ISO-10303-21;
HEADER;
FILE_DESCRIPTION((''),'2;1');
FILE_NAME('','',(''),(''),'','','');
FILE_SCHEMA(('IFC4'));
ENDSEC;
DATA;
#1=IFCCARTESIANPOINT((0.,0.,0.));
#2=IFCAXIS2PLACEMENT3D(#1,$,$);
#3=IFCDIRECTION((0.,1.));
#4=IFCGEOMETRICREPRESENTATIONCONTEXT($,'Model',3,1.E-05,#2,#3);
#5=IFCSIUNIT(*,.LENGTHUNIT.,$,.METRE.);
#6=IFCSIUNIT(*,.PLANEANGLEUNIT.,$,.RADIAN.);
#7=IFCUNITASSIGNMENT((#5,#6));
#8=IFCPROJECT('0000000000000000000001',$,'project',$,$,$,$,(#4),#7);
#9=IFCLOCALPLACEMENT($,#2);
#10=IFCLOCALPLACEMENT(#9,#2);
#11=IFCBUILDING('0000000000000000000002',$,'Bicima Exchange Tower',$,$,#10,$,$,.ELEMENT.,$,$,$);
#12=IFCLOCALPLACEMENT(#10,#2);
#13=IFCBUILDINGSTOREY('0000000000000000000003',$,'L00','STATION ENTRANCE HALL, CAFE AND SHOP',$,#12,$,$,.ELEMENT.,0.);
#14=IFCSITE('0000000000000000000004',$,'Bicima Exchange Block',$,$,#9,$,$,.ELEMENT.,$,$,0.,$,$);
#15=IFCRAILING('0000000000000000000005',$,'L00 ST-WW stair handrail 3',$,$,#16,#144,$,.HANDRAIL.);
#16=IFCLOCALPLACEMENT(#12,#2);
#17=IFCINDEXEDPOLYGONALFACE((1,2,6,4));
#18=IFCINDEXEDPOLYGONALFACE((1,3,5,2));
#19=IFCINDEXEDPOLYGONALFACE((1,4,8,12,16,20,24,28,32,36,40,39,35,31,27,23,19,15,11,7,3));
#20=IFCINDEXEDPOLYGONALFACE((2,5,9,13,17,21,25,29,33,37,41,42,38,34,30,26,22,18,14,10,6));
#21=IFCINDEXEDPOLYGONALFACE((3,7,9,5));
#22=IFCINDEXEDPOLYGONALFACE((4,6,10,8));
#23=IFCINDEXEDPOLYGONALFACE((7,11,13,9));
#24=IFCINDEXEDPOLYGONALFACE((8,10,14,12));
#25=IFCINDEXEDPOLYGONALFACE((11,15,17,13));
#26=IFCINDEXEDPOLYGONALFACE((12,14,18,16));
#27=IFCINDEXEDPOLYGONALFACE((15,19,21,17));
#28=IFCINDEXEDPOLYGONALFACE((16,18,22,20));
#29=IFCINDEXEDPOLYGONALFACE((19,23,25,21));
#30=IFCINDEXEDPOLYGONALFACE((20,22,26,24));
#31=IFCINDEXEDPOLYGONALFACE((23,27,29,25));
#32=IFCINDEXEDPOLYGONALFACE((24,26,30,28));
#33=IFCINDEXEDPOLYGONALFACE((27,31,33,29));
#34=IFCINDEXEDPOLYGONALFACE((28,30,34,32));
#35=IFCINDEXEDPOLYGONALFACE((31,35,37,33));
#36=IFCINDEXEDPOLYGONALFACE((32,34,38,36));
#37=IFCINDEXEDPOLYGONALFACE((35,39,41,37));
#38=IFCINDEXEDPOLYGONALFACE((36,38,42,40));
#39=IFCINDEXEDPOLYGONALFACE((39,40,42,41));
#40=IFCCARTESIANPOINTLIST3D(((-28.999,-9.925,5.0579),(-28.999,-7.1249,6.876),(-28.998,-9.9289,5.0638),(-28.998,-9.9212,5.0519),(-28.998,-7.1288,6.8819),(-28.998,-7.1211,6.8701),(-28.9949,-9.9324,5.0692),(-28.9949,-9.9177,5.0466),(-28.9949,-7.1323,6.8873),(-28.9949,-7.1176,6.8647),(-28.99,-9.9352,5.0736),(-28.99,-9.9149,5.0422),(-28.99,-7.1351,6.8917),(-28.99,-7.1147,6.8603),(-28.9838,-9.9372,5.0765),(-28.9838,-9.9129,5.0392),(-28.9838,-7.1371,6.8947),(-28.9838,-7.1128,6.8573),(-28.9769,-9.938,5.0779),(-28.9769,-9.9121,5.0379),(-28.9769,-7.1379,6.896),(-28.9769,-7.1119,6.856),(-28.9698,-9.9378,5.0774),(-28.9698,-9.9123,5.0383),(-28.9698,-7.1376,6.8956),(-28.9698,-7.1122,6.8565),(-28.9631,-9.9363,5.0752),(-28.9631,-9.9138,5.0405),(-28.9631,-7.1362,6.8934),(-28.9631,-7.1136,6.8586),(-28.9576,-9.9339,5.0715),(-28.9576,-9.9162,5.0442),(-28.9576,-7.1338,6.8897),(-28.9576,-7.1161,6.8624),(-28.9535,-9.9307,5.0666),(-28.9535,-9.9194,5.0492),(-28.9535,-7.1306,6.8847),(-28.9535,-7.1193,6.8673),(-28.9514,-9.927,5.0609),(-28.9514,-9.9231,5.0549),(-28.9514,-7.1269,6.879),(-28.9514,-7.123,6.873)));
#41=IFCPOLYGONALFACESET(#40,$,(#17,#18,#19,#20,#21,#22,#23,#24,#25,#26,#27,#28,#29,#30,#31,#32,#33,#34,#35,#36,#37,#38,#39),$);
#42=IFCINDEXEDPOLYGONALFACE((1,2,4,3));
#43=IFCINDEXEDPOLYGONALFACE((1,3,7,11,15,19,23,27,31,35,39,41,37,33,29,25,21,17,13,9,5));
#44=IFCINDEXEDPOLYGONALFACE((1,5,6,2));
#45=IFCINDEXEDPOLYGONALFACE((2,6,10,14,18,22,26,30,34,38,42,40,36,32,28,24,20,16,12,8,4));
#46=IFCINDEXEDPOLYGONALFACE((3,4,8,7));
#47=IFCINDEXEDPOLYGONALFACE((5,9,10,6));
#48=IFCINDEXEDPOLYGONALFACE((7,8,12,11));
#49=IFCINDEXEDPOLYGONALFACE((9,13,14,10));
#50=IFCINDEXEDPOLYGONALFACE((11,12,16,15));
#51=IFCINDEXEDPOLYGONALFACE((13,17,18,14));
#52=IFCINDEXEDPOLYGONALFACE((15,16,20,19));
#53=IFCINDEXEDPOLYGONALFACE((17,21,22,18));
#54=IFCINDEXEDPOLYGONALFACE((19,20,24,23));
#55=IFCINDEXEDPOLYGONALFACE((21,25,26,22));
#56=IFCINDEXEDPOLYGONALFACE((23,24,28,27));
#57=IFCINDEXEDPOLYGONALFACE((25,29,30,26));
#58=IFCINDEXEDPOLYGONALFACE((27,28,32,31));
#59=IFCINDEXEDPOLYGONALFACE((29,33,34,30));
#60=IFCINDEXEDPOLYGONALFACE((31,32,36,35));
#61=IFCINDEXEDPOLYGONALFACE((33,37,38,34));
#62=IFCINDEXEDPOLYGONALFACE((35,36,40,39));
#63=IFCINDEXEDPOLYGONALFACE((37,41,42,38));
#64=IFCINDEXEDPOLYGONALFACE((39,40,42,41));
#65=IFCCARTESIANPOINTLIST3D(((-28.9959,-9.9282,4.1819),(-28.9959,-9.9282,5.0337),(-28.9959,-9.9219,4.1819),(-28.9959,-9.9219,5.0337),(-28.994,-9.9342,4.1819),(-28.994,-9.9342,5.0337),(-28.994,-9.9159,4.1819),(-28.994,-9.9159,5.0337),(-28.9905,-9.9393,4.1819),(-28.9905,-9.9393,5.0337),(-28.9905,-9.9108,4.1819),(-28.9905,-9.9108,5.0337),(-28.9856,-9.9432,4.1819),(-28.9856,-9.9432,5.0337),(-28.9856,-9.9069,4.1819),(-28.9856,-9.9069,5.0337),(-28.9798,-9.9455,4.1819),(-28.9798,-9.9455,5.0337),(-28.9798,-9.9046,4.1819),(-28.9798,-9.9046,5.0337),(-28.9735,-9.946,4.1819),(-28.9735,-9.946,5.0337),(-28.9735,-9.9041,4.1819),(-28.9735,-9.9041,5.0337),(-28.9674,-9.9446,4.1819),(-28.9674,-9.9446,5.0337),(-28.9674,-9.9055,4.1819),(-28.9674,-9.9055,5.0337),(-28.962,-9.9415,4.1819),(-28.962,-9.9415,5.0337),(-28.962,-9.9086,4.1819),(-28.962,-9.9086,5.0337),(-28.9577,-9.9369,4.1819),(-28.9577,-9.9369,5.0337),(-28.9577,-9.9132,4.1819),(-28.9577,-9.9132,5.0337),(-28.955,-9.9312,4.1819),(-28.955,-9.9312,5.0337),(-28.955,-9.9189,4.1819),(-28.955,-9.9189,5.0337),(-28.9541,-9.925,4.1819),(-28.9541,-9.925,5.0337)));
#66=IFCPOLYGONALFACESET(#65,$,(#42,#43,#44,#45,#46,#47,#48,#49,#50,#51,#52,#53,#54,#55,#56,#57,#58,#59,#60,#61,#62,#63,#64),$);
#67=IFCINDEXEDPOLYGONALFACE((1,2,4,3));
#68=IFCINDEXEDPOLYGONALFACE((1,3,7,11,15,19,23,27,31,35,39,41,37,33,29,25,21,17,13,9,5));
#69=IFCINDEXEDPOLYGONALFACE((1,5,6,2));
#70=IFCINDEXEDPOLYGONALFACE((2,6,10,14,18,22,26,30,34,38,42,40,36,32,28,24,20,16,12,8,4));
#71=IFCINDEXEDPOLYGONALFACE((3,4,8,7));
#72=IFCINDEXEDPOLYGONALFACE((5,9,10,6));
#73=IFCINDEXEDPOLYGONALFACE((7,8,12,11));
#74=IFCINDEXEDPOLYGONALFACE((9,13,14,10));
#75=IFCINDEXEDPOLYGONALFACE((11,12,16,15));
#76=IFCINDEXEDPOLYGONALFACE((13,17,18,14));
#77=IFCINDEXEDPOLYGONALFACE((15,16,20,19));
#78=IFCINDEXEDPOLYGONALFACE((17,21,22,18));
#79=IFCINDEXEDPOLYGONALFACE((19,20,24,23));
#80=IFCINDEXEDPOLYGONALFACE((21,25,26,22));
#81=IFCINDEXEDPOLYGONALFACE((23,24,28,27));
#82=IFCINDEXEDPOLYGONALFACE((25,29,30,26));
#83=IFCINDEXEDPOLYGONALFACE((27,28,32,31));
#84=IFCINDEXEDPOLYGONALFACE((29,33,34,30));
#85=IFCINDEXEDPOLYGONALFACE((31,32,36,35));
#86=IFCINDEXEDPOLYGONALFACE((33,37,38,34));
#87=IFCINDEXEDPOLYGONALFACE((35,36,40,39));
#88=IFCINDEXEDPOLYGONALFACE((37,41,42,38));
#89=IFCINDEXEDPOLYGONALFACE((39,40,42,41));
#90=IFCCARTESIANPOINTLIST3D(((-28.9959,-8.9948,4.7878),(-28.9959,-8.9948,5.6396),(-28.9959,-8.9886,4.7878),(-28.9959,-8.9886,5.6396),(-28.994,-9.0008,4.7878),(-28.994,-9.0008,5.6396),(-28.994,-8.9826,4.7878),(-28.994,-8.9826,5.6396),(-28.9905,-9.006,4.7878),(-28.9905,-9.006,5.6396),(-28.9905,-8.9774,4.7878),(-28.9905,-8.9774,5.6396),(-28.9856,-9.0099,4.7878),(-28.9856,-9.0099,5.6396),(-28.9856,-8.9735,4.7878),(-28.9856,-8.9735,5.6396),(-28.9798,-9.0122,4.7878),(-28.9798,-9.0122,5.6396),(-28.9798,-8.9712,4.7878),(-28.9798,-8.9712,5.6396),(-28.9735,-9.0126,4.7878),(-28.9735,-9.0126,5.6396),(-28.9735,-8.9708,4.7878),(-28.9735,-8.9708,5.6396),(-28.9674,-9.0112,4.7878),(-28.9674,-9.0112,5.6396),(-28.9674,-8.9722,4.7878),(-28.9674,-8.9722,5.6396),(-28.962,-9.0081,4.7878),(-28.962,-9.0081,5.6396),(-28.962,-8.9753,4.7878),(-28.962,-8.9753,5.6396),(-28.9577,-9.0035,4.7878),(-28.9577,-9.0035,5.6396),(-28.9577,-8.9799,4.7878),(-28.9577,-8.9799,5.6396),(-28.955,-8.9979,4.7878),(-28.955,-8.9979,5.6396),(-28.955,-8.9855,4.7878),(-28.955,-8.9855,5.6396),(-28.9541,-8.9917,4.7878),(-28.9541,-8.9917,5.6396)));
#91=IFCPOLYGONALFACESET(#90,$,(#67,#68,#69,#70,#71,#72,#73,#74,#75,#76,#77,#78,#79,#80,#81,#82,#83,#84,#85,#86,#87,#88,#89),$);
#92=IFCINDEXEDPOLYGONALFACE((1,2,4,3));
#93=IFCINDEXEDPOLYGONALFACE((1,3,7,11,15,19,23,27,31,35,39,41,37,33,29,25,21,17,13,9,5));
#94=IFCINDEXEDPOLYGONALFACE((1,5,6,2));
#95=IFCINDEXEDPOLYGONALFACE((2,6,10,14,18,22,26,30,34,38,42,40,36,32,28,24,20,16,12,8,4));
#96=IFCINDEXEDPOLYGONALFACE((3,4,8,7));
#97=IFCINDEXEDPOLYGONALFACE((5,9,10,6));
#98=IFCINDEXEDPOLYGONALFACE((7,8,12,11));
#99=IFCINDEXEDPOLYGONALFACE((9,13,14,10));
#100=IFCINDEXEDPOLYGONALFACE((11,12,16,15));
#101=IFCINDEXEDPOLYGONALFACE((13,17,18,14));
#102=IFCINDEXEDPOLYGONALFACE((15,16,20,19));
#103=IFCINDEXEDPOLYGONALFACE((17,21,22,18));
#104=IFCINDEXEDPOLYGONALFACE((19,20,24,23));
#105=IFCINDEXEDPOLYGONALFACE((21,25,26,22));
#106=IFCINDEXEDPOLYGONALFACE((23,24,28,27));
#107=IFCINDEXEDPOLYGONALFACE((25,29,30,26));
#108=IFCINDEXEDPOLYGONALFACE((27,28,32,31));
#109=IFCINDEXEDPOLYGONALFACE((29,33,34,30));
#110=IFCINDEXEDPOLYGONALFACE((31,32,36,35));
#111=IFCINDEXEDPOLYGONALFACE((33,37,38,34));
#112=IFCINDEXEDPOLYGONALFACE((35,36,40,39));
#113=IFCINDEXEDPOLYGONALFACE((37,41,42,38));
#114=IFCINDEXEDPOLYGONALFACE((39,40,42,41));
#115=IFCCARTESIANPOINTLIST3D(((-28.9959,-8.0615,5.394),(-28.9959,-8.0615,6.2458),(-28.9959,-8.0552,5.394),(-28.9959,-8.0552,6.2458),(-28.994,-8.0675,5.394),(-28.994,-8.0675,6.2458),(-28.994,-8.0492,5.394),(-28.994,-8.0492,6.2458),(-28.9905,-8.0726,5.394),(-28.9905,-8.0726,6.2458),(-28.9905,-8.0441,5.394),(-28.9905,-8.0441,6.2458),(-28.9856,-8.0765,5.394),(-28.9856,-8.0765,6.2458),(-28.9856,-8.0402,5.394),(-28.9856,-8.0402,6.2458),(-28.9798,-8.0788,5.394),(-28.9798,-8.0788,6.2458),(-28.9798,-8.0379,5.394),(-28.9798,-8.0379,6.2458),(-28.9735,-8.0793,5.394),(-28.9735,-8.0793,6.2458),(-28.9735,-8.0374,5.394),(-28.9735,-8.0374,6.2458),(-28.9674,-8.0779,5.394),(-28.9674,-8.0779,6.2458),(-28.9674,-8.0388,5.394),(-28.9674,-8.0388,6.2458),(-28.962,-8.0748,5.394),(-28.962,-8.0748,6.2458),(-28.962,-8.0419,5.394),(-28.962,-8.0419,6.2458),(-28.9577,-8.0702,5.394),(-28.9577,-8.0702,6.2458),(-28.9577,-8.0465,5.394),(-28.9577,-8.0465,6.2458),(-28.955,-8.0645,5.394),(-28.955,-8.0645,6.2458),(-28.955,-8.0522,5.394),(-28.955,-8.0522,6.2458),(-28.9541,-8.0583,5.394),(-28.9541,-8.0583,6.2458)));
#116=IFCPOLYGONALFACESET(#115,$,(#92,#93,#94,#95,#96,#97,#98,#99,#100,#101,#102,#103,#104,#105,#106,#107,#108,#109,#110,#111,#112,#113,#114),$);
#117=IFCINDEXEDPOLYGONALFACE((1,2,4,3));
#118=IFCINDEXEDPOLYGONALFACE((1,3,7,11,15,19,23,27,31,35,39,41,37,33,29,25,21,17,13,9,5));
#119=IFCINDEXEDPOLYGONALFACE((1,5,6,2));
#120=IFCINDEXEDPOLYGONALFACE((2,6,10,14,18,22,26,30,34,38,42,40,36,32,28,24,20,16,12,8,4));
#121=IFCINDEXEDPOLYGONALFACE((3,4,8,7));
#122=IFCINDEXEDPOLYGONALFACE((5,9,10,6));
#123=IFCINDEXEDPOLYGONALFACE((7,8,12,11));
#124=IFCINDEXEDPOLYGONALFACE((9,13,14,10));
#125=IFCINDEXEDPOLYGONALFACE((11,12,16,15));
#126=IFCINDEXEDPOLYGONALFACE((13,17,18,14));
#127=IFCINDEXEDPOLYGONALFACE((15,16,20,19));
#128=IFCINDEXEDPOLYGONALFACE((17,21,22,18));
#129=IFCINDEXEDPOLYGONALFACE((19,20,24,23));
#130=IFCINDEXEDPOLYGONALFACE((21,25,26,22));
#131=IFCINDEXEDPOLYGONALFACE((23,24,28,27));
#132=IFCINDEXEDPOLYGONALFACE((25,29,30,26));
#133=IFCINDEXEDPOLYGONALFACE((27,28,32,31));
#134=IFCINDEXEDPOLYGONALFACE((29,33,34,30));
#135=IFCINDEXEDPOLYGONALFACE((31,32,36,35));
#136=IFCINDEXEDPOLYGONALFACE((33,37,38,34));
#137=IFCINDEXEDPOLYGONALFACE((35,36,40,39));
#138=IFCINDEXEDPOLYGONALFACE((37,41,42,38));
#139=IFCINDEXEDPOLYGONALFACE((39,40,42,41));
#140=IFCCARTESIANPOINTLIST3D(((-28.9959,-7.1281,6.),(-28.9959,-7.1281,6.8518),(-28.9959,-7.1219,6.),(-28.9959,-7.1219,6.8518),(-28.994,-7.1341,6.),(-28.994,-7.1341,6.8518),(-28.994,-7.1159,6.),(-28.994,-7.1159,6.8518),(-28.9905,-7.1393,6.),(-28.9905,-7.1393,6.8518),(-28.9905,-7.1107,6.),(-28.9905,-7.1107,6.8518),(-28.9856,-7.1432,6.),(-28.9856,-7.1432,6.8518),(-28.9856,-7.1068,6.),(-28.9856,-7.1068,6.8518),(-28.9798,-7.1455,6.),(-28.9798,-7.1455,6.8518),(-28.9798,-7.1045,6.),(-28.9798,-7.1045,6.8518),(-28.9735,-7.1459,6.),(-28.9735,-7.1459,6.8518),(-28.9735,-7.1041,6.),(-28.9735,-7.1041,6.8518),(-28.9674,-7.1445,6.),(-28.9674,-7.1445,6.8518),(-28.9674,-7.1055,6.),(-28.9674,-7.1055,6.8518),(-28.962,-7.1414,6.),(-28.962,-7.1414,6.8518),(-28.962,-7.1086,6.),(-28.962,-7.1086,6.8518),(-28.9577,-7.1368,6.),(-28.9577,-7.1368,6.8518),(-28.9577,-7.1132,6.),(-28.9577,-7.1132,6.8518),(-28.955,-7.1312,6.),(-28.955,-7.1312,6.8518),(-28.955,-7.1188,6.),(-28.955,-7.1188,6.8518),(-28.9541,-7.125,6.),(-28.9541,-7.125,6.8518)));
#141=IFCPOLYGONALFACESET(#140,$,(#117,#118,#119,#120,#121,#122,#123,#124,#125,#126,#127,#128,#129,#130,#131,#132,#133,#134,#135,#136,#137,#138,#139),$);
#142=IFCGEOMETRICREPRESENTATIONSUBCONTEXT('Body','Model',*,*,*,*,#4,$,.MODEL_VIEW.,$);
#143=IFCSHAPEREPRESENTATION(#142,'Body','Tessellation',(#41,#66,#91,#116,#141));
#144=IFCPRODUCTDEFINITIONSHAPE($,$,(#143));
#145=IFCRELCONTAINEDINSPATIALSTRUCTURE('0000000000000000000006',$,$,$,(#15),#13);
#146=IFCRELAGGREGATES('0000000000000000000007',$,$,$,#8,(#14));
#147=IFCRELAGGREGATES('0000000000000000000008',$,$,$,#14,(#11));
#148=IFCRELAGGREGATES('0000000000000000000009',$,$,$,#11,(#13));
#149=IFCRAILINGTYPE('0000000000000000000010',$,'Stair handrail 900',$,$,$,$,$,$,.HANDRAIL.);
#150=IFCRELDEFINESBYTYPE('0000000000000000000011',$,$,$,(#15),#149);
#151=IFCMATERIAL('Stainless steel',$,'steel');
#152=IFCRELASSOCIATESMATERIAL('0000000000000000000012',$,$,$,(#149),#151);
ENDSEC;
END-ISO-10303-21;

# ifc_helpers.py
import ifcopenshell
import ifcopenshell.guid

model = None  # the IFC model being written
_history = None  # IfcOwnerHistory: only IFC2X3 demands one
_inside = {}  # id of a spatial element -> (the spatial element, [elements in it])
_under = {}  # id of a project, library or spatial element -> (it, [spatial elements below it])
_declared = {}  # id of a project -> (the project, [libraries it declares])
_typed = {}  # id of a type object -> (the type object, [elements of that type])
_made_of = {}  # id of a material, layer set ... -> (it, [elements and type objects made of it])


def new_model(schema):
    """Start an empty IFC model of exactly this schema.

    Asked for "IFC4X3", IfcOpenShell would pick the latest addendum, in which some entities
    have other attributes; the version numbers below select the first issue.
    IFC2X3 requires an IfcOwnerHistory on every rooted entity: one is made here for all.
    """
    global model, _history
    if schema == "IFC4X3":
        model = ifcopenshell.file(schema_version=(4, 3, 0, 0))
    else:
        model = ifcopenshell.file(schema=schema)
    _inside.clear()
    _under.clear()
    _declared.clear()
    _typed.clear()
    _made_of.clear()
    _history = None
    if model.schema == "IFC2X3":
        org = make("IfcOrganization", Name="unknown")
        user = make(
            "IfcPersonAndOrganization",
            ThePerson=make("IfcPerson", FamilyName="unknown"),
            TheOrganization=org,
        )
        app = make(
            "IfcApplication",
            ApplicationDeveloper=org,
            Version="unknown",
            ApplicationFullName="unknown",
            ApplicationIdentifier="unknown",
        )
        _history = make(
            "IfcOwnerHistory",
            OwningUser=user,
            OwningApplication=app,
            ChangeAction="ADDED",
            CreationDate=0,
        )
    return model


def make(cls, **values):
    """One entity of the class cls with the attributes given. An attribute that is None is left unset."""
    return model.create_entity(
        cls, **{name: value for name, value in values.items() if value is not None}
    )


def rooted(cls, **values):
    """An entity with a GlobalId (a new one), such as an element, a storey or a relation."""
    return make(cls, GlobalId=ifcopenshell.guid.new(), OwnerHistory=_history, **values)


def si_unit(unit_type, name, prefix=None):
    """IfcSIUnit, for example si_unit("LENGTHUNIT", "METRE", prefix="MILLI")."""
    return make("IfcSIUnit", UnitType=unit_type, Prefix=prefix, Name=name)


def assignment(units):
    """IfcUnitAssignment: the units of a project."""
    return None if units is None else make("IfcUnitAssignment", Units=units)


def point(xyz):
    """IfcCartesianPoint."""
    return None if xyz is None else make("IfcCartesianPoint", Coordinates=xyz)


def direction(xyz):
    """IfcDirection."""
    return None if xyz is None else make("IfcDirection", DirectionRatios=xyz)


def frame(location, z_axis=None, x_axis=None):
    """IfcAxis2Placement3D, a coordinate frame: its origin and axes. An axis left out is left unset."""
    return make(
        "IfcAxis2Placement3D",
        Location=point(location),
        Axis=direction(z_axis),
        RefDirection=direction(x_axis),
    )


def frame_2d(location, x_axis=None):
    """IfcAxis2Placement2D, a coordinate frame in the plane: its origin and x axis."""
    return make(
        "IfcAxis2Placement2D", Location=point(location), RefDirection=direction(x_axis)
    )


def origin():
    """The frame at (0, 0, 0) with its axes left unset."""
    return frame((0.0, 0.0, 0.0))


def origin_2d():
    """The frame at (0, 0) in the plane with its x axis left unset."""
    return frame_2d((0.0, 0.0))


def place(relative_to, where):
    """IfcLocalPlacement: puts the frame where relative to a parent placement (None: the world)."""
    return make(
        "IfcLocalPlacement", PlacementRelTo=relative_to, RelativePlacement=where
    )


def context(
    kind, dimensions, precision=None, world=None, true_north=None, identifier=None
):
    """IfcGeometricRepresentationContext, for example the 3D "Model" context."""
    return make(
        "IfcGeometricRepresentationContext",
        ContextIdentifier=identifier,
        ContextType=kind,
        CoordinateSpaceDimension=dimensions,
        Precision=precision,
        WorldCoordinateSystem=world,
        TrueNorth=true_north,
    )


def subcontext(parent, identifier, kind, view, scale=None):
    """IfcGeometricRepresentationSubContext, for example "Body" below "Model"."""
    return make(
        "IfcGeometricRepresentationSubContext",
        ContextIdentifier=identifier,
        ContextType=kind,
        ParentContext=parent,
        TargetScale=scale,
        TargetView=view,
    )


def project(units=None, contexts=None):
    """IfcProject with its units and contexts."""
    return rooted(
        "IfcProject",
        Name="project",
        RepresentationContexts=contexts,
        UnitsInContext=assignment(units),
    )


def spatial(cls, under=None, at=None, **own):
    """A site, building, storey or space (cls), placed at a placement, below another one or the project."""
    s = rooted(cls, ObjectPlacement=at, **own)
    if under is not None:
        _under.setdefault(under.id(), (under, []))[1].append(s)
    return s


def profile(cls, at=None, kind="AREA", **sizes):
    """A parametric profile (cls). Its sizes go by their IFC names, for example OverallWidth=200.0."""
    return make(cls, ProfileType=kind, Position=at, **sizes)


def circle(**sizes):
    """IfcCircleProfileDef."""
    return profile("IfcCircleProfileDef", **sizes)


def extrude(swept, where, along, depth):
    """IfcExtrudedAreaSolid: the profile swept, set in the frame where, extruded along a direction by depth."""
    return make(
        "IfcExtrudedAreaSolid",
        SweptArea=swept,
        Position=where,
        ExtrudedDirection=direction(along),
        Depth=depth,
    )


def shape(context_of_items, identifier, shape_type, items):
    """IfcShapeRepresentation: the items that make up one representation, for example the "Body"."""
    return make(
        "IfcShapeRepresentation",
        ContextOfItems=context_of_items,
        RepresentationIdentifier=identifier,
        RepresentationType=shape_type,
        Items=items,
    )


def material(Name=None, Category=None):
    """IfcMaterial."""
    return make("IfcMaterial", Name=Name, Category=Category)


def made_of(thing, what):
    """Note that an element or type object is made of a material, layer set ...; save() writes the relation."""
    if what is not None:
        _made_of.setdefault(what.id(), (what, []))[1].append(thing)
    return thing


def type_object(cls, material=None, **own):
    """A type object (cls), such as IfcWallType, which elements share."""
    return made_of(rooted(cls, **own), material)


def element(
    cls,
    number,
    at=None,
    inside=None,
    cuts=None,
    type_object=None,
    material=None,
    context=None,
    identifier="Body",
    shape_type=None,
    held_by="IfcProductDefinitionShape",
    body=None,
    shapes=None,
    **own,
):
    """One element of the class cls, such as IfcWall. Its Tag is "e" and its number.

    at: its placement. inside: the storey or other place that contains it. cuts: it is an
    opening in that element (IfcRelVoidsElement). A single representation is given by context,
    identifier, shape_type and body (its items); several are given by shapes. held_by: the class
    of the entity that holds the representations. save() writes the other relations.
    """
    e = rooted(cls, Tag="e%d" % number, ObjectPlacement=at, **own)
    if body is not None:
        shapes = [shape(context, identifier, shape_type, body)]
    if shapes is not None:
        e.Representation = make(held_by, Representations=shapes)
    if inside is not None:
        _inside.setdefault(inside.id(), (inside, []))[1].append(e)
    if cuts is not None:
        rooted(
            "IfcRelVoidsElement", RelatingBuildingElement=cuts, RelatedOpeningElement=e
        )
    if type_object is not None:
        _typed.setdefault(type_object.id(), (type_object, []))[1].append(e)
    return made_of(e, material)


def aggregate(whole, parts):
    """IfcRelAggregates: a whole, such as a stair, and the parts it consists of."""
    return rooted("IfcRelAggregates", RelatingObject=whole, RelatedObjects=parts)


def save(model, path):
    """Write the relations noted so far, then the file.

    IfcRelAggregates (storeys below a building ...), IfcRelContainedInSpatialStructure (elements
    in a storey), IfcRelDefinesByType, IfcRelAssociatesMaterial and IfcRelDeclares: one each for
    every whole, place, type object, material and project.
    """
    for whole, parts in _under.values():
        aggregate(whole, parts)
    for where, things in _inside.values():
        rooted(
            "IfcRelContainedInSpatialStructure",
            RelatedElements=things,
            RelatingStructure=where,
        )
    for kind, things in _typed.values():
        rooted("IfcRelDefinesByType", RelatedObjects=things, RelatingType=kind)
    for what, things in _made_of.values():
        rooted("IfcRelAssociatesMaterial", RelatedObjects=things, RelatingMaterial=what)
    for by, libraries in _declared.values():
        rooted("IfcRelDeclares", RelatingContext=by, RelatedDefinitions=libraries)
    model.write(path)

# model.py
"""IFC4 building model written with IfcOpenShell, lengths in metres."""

from ifc_helpers import new_model, si_unit, direction, frame, origin, origin_2d, place, context, subcontext, project, spatial, circle, extrude, material, type_object, element, save


model = new_model("IFC4")

# Units and contexts
model_context = context("Model", 3, precision=1e-05, world=origin(), true_north=direction((0.0, 1.0)))
body_context = subcontext(model_context, "Body", "Model", "MODEL_VIEW")
ifc_project = project(units=[si_unit("LENGTHUNIT", "METRE"), si_unit("PLANEANGLEUNIT", "RADIAN")], contexts=[model_context])

# Site, building, storey
site_placement = place(None, origin())
site = spatial("IfcSite", under=ifc_project, at=site_placement, Name="Bicima Exchange Block", CompositionType="ELEMENT", RefElevation=0.0)
building_placement = place(site_placement, origin())
building = spatial("IfcBuilding", under=site, at=building_placement, Name="Bicima Exchange Tower", CompositionType="ELEMENT")
storey_placement = place(building_placement, origin())
storey = spatial("IfcBuildingStorey", under=building, at=storey_placement, Name="L00", Description="STATION ENTRANCE HALL, CAFE AND SHOP", CompositionType="ELEMENT", Elevation=0.0)

# Railing
ifc_material_1 = material(Name="Stainless steel", Category="steel")
railing_type_1 = type_object("IfcRailingType", Name="Stair handrail 900", PredefinedType="HANDRAIL", material=ifc_material_1)
railing_1_placement = place(storey_placement, frame((-28.9751, -9.925, 4.1819)))
element("IfcRailing", 1, at=railing_1_placement, inside=storey, type_object=railing_type_1, Name="L00 ST-WW stair handrail 3", PredefinedType="HANDRAIL", context=body_context, shape_type="SweptSolid", body=[
    extrude(circle(Radius=0.0239, at=origin_2d()), frame((0.0, 0.0, 0.876), z_axis=(0.0, 0.838706, 0.544585), x_axis=(-1.0, 0.0, 0.0)), (0.0, 0.0, 1.0), 3.3386),
    extrude(circle(Radius=0.021, at=origin_2d()), origin(), (0.0, 0.0, 1.0), 0.8518),
    extrude(circle(Radius=0.021, at=origin_2d()), frame((0.0, 0.9333, 0.606)), (0.0, 0.0, 1.0), 0.8518),
    extrude(circle(Radius=0.021, at=origin_2d()), frame((0.0, 1.8667, 1.2122)), (0.0, 0.0, 1.0), 0.8518),
    extrude(circle(Radius=0.021, at=origin_2d()), frame((0.0, 2.8, 1.8181)), (0.0, 0.0, 1.0), 0.8518),
])

save(model, "model.ifc")
